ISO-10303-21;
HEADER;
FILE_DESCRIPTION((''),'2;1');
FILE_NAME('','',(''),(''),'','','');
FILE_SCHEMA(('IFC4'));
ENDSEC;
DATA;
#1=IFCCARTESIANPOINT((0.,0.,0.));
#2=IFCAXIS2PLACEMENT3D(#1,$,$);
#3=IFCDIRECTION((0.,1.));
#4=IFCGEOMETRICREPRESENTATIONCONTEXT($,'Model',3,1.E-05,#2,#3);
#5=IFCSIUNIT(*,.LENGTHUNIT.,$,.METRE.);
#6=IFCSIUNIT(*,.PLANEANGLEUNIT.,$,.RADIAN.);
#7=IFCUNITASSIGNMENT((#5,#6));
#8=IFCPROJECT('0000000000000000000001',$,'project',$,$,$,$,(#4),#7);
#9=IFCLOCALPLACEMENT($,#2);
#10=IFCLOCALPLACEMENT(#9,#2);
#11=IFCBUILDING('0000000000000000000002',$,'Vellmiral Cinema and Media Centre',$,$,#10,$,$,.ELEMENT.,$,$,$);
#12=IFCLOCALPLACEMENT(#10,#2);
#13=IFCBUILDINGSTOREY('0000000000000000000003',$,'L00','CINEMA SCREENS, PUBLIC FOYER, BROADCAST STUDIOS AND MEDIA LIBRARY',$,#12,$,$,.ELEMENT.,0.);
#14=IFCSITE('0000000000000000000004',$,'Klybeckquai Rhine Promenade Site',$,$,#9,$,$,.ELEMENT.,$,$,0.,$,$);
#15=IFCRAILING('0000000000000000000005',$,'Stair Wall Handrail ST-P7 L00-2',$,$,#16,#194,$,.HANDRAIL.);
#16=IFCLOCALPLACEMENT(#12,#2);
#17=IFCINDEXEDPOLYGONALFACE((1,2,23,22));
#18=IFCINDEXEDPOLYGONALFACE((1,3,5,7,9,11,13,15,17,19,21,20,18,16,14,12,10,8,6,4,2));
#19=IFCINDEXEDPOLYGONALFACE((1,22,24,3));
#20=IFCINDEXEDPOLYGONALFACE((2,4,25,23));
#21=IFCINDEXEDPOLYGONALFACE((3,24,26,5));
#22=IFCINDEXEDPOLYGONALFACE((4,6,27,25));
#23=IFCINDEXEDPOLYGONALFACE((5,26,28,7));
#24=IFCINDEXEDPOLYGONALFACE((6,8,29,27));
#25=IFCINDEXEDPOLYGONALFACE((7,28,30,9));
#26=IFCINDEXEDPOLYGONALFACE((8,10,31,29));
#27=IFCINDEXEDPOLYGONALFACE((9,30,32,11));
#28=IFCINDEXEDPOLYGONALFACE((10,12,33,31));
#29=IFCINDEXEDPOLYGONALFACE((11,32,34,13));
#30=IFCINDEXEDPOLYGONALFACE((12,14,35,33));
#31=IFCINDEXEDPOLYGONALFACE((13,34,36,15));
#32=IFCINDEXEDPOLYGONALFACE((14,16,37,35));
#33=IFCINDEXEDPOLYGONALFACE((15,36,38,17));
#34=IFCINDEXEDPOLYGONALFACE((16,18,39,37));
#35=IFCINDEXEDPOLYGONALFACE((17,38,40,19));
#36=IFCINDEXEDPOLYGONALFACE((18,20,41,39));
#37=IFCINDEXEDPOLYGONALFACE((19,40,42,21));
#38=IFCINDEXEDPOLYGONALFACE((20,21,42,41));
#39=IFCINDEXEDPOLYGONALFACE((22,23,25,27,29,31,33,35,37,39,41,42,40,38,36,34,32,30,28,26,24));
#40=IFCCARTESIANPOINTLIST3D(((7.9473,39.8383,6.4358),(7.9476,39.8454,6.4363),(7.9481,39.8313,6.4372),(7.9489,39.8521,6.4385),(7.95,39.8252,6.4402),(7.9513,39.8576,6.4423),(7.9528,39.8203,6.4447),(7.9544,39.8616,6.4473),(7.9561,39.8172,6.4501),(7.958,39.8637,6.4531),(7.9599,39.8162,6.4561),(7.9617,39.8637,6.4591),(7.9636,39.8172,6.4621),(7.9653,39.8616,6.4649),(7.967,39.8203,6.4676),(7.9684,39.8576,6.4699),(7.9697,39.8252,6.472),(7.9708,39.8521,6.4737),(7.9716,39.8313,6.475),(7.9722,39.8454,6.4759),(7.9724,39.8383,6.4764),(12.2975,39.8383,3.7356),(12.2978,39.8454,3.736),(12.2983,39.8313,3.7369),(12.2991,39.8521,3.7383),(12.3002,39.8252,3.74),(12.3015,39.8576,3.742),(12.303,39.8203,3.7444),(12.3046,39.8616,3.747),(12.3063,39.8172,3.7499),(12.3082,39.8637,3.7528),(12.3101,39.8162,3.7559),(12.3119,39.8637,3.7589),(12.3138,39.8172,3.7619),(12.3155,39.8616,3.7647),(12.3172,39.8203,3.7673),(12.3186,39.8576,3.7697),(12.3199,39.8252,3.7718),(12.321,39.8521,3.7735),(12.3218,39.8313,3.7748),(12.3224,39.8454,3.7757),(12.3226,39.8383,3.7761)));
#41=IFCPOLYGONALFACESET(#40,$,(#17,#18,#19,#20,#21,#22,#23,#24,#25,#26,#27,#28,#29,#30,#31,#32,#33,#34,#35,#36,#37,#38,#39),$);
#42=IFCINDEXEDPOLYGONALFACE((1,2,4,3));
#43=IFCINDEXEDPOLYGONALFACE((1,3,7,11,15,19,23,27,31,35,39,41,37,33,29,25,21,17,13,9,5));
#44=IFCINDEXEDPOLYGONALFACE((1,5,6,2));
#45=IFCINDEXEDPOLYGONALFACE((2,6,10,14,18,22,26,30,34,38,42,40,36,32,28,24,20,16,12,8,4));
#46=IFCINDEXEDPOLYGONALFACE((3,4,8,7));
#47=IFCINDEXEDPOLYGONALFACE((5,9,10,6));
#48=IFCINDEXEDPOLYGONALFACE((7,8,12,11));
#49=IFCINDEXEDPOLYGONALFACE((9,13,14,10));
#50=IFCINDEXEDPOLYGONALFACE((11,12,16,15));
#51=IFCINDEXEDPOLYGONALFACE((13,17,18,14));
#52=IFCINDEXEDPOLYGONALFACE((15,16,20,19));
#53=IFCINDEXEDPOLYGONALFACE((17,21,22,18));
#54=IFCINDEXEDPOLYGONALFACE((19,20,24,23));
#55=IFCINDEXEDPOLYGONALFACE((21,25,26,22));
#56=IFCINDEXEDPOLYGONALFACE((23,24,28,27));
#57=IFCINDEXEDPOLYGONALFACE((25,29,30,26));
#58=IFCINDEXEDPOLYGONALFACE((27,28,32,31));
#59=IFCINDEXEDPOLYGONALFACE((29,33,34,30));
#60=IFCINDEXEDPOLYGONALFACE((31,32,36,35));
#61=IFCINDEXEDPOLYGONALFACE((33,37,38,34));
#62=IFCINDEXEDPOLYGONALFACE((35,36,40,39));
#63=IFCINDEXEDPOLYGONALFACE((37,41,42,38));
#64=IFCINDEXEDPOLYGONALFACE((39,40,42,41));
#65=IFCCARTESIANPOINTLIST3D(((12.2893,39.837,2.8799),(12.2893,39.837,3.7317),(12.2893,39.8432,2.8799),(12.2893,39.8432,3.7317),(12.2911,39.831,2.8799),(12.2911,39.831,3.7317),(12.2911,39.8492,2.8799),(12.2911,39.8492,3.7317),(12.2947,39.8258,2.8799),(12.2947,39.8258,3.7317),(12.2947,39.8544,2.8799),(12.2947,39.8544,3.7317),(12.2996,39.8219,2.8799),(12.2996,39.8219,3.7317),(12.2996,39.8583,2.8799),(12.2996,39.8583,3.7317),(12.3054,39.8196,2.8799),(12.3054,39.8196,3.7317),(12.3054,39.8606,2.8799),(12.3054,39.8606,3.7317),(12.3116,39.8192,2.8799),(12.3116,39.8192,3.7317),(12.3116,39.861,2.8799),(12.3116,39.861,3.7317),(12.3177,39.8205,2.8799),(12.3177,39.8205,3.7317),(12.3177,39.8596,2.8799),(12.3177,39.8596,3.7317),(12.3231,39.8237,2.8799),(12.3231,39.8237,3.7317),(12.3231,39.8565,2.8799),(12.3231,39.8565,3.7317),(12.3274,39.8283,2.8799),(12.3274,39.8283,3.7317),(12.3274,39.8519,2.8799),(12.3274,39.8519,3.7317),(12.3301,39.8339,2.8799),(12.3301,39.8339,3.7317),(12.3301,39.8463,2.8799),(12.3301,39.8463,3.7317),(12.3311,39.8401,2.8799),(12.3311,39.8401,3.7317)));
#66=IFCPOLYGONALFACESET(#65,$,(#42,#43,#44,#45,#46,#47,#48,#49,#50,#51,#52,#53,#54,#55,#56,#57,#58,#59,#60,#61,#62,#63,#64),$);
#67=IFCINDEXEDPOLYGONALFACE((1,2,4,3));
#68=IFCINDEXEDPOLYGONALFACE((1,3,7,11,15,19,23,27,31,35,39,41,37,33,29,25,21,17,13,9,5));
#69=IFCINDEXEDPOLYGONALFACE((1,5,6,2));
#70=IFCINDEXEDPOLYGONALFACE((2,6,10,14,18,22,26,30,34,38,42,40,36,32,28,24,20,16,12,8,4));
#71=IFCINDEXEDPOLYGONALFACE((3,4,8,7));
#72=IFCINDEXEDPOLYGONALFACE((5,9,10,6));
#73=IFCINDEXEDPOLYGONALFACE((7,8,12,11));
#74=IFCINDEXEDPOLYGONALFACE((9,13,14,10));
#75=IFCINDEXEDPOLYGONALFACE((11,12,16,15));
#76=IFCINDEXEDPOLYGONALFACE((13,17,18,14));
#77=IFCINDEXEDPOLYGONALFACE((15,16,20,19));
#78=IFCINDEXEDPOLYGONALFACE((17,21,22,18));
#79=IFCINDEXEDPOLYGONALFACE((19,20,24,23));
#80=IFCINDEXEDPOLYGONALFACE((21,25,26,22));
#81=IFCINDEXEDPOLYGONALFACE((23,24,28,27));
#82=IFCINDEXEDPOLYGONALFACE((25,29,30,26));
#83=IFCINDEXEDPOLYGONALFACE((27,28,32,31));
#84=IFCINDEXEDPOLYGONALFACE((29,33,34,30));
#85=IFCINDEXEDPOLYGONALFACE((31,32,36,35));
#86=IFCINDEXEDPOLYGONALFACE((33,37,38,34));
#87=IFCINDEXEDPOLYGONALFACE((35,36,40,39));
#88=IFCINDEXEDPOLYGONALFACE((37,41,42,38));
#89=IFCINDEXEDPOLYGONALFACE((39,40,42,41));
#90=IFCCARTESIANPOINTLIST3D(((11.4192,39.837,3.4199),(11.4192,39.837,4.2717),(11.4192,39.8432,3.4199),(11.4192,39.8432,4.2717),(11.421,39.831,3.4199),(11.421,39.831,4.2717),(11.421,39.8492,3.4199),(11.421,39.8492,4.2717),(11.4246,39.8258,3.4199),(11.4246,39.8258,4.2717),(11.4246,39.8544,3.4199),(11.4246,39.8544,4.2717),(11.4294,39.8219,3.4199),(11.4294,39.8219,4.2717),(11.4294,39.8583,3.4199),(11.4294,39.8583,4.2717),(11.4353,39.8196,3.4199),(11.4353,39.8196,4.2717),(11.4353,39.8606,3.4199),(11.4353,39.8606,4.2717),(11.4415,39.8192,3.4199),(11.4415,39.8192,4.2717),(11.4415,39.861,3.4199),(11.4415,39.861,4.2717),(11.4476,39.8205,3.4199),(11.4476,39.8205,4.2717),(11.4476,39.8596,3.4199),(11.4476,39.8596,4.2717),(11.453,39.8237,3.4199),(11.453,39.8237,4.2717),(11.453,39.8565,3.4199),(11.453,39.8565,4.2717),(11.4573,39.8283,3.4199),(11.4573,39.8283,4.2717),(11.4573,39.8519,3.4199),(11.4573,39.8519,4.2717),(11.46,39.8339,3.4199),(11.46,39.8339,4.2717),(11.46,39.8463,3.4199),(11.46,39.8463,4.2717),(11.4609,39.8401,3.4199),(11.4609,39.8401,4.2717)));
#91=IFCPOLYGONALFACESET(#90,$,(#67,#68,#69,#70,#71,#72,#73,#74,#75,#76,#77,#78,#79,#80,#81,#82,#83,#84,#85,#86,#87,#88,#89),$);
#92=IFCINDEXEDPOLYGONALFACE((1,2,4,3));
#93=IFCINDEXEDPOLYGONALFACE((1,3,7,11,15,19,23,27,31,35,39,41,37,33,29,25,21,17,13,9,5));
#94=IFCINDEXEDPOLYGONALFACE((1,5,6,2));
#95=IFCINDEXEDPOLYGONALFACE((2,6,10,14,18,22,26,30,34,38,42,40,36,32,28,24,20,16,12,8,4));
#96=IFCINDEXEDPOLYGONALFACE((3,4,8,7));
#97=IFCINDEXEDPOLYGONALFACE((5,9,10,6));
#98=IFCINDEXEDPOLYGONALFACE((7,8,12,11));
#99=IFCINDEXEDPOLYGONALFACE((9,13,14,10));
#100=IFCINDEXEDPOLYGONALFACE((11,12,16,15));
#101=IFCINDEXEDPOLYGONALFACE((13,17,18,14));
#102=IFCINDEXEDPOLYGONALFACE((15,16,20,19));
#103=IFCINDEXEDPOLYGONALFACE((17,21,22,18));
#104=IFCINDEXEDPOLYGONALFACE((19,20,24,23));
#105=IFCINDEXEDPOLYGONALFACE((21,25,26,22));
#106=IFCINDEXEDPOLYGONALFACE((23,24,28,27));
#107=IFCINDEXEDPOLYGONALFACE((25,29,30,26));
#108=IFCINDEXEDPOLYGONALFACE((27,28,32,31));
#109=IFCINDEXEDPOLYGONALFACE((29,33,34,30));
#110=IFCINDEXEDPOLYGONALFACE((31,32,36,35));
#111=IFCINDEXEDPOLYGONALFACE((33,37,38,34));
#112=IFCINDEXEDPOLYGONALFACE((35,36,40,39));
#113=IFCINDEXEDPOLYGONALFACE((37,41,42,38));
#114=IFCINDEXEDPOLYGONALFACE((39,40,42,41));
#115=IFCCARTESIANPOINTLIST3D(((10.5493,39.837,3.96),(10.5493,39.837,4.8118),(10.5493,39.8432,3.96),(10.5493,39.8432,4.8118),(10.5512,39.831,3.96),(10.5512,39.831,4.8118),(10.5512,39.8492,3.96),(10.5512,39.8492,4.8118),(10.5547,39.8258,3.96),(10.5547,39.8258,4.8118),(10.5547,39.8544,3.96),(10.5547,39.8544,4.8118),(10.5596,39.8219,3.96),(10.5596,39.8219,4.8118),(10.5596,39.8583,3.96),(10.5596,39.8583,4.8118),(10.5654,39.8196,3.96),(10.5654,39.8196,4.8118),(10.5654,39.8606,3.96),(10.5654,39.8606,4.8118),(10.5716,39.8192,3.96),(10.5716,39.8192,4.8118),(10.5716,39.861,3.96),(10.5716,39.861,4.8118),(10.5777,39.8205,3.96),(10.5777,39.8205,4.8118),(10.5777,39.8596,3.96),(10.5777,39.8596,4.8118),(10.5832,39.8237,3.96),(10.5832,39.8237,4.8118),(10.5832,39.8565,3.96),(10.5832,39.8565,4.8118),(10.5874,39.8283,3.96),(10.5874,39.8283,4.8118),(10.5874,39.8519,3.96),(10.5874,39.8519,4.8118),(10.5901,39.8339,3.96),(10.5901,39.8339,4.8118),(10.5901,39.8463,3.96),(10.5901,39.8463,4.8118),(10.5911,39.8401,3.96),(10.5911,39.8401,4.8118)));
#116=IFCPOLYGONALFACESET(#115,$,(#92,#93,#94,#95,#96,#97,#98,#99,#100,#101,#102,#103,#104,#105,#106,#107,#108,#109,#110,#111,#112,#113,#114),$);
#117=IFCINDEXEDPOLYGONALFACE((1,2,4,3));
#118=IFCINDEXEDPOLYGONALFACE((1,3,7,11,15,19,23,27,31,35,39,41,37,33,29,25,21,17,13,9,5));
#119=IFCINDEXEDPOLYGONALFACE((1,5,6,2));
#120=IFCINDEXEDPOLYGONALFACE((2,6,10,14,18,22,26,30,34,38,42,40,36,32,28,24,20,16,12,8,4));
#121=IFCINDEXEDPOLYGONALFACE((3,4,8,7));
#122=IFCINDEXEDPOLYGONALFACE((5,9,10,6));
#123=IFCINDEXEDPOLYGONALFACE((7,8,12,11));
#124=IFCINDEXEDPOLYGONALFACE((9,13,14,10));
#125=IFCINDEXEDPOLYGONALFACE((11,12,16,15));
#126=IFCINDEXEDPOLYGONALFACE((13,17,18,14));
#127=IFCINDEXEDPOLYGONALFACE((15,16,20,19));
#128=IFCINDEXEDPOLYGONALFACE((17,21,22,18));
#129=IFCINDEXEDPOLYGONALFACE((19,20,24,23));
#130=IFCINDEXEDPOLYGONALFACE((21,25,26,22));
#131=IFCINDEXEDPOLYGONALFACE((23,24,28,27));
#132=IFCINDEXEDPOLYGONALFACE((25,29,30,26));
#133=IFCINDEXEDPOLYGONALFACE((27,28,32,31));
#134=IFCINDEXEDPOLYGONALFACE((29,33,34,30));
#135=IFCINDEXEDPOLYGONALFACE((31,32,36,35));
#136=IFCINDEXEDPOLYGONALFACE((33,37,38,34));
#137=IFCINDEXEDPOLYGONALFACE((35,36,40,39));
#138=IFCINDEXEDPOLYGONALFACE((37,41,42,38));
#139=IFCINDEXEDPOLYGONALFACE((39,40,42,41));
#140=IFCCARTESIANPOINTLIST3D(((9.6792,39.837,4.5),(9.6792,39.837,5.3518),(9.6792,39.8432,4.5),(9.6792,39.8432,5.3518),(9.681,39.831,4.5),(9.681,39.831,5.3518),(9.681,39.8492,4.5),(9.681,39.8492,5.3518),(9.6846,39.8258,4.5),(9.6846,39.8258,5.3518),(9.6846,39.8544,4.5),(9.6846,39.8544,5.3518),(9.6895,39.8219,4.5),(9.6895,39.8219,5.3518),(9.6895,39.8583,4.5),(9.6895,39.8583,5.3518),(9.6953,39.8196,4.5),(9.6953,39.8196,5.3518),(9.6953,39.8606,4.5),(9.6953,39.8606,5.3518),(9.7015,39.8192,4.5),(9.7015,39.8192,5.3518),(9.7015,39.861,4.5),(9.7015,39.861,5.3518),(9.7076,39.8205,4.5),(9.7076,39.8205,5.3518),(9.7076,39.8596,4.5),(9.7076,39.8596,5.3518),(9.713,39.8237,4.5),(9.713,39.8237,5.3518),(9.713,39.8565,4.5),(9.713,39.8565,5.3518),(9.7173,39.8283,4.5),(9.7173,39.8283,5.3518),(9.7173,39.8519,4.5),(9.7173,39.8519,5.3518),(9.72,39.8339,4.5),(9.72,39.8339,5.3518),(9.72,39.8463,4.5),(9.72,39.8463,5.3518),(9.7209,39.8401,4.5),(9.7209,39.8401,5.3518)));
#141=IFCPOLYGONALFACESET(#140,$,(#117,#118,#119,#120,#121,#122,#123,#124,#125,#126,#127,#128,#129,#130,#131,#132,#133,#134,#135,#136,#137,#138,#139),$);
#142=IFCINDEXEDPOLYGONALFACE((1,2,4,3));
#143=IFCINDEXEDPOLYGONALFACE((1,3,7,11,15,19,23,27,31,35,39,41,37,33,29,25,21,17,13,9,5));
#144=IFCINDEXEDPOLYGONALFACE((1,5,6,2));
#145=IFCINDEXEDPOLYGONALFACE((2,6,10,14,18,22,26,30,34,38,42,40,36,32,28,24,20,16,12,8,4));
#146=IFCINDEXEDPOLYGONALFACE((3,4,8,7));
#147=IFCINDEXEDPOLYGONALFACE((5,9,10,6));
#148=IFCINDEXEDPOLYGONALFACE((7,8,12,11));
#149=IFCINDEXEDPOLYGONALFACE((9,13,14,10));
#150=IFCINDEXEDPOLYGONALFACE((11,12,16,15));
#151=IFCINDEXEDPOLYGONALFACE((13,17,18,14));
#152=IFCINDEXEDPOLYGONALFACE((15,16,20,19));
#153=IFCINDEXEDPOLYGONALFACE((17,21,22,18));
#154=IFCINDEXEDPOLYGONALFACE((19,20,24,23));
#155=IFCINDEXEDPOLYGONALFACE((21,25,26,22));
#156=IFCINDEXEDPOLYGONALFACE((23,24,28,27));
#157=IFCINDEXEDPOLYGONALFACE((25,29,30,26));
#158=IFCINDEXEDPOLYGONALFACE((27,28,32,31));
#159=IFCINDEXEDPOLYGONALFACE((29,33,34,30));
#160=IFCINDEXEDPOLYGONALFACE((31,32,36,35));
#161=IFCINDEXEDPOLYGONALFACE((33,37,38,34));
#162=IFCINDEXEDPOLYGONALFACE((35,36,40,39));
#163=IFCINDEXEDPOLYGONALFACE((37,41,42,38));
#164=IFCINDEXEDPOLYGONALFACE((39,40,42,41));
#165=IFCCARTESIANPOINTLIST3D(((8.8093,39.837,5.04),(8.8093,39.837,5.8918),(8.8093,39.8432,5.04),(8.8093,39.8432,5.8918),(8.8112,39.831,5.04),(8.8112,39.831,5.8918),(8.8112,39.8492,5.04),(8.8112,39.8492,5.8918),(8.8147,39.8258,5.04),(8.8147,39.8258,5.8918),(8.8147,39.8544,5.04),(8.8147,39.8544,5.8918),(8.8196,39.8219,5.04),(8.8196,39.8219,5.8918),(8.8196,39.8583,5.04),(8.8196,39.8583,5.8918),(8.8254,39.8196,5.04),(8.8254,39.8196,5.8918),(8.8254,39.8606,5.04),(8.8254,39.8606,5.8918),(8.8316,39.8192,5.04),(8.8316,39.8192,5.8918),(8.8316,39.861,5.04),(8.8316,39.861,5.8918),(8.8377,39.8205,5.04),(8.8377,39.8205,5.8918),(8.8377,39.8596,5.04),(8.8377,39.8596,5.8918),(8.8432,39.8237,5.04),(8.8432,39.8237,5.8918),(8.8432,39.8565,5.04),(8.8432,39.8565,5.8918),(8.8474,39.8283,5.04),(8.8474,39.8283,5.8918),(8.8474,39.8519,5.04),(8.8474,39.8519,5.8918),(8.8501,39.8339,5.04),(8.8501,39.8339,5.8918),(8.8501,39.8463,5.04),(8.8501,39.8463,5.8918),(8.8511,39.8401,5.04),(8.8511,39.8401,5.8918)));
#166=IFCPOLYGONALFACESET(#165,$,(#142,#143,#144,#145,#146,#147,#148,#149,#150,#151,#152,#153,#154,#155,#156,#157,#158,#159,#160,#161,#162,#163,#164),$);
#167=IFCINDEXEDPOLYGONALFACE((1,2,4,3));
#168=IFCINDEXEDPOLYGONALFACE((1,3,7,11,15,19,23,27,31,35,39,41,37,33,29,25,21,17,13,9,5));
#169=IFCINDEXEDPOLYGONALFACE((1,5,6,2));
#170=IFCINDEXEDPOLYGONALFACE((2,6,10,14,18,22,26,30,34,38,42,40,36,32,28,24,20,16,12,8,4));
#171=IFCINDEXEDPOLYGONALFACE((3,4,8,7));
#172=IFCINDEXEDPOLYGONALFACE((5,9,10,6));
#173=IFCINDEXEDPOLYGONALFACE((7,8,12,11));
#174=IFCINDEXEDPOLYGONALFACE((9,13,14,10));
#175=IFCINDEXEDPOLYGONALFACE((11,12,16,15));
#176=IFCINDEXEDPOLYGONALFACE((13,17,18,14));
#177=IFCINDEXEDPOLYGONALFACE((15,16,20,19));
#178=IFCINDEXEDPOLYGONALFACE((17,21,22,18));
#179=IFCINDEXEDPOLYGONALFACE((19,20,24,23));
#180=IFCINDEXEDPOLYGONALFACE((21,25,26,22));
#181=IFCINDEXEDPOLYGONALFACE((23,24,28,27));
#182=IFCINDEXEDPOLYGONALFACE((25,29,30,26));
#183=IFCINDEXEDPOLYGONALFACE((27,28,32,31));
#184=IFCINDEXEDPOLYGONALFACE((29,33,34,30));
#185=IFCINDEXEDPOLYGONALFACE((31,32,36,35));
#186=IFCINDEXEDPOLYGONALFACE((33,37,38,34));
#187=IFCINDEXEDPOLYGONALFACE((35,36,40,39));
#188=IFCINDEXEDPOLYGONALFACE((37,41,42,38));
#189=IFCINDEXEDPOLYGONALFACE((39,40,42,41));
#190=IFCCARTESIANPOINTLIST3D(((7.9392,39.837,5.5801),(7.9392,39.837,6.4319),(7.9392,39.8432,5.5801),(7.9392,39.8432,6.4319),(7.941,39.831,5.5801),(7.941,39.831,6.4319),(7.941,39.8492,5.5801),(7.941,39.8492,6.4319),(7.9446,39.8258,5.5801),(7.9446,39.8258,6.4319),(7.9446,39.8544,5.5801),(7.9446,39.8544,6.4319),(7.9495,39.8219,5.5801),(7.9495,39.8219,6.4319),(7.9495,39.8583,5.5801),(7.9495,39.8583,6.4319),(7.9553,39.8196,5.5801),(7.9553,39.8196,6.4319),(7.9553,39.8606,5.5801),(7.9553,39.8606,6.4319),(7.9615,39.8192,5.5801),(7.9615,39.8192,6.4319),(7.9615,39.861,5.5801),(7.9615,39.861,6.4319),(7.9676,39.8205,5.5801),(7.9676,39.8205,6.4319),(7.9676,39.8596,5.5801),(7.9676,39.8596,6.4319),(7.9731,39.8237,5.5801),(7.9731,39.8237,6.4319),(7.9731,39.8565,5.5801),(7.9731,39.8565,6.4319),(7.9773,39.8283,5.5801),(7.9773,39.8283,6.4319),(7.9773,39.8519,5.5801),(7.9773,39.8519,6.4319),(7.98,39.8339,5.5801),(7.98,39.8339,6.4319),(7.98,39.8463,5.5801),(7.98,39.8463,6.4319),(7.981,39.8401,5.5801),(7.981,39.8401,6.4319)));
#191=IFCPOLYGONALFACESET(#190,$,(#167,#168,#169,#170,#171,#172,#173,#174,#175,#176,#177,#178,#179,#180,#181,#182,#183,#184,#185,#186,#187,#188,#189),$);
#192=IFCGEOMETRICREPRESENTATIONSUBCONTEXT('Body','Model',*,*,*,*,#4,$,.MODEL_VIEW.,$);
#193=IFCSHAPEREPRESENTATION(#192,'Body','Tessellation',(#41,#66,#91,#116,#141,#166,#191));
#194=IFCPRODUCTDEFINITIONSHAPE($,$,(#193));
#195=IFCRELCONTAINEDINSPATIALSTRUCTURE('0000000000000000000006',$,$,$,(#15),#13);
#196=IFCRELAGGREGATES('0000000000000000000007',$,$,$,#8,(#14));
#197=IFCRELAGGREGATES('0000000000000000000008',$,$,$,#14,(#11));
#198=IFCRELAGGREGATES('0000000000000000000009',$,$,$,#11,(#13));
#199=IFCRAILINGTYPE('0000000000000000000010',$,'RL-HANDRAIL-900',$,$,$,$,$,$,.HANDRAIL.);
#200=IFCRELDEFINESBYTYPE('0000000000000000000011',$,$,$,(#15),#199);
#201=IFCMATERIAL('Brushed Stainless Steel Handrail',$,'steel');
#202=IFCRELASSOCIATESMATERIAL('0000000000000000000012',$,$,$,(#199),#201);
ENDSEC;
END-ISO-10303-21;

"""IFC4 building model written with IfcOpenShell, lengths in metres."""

from ifc_helpers import new_model, si_unit, direction, frame, origin, origin_2d, place, context, subcontext, project, spatial, circle, extrude, material, type_object, element, save


model = new_model("IFC4")

# Units and contexts
model_context = context("Model", 3, precision=1e-05, world=origin(), true_north=direction((0.0, 1.0)))
body_context = subcontext(model_context, "Body", "Model", "MODEL_VIEW")
ifc_project = project(units=[si_unit("LENGTHUNIT", "METRE"), si_unit("PLANEANGLEUNIT", "RADIAN")], contexts=[model_context])

# Site, building, storey
site_placement = place(None, origin())
site = spatial("IfcSite", under=ifc_project, at=site_placement, Name="Klybeckquai Rhine Promenade Site", CompositionType="ELEMENT", RefElevation=0.0)
building_placement = place(site_placement, origin())
building = spatial("IfcBuilding", under=site, at=building_placement, Name="Vellmiral Cinema and Media Centre", CompositionType="ELEMENT")
storey_placement = place(building_placement, origin())
storey = spatial("IfcBuildingStorey", under=building, at=storey_placement, Name="L00", Description="CINEMA SCREENS, PUBLIC FOYER, BROADCAST STUDIOS AND MEDIA LIBRARY", CompositionType="ELEMENT", Elevation=0.0)

# Railing
ifc_material_1 = material(Name="Brushed Stainless Steel Handrail", Category="steel")
railing_type_1 = type_object("IfcRailingType", Name="RL-HANDRAIL-900", PredefinedType="HANDRAIL", material=ifc_material_1)
railing_1_placement = place(storey_placement, frame((12.3101, 39.8401, 2.8799)))
element("IfcRailing", 1, at=railing_1_placement, inside=storey, type_object=railing_type_1, Name="Stair Wall Handrail ST-P7 L00-2", PredefinedType="HANDRAIL", context=body_context, shape_type="SweptSolid", body=[
    extrude(circle(Radius=0.0239, at=origin_2d()), frame((0.0, 0.0, 0.876), z_axis=(-0.849628, 0.0, 0.527382), x_axis=(0.0, -1.0, 0.0)), (0.0, 0.0, 1.0), 5.1201),
    extrude(circle(Radius=0.021, at=origin_2d()), origin(), (0.0, 0.0, 1.0), 0.8518),
    extrude(circle(Radius=0.021, at=origin_2d()), frame((-0.8701, 0.0, 0.54)), (0.0, 0.0, 1.0), 0.8518),
    extrude(circle(Radius=0.021, at=origin_2d()), frame((-1.74, 0.0, 1.0801)), (0.0, 0.0, 1.0), 0.8518),
    extrude(circle(Radius=0.021, at=origin_2d()), frame((-2.6101, 0.0, 1.6201)), (0.0, 0.0, 1.0), 0.8518),
    extrude(circle(Radius=0.021, at=origin_2d()), frame((-3.48, 0.0, 2.1602)), (0.0, 0.0, 1.0), 0.8518),
    extrude(circle(Radius=0.021, at=origin_2d()), frame((-4.3501, 0.0, 2.7002)), (0.0, 0.0, 1.0), 0.8518),
])

save(model, "model.ifc")
